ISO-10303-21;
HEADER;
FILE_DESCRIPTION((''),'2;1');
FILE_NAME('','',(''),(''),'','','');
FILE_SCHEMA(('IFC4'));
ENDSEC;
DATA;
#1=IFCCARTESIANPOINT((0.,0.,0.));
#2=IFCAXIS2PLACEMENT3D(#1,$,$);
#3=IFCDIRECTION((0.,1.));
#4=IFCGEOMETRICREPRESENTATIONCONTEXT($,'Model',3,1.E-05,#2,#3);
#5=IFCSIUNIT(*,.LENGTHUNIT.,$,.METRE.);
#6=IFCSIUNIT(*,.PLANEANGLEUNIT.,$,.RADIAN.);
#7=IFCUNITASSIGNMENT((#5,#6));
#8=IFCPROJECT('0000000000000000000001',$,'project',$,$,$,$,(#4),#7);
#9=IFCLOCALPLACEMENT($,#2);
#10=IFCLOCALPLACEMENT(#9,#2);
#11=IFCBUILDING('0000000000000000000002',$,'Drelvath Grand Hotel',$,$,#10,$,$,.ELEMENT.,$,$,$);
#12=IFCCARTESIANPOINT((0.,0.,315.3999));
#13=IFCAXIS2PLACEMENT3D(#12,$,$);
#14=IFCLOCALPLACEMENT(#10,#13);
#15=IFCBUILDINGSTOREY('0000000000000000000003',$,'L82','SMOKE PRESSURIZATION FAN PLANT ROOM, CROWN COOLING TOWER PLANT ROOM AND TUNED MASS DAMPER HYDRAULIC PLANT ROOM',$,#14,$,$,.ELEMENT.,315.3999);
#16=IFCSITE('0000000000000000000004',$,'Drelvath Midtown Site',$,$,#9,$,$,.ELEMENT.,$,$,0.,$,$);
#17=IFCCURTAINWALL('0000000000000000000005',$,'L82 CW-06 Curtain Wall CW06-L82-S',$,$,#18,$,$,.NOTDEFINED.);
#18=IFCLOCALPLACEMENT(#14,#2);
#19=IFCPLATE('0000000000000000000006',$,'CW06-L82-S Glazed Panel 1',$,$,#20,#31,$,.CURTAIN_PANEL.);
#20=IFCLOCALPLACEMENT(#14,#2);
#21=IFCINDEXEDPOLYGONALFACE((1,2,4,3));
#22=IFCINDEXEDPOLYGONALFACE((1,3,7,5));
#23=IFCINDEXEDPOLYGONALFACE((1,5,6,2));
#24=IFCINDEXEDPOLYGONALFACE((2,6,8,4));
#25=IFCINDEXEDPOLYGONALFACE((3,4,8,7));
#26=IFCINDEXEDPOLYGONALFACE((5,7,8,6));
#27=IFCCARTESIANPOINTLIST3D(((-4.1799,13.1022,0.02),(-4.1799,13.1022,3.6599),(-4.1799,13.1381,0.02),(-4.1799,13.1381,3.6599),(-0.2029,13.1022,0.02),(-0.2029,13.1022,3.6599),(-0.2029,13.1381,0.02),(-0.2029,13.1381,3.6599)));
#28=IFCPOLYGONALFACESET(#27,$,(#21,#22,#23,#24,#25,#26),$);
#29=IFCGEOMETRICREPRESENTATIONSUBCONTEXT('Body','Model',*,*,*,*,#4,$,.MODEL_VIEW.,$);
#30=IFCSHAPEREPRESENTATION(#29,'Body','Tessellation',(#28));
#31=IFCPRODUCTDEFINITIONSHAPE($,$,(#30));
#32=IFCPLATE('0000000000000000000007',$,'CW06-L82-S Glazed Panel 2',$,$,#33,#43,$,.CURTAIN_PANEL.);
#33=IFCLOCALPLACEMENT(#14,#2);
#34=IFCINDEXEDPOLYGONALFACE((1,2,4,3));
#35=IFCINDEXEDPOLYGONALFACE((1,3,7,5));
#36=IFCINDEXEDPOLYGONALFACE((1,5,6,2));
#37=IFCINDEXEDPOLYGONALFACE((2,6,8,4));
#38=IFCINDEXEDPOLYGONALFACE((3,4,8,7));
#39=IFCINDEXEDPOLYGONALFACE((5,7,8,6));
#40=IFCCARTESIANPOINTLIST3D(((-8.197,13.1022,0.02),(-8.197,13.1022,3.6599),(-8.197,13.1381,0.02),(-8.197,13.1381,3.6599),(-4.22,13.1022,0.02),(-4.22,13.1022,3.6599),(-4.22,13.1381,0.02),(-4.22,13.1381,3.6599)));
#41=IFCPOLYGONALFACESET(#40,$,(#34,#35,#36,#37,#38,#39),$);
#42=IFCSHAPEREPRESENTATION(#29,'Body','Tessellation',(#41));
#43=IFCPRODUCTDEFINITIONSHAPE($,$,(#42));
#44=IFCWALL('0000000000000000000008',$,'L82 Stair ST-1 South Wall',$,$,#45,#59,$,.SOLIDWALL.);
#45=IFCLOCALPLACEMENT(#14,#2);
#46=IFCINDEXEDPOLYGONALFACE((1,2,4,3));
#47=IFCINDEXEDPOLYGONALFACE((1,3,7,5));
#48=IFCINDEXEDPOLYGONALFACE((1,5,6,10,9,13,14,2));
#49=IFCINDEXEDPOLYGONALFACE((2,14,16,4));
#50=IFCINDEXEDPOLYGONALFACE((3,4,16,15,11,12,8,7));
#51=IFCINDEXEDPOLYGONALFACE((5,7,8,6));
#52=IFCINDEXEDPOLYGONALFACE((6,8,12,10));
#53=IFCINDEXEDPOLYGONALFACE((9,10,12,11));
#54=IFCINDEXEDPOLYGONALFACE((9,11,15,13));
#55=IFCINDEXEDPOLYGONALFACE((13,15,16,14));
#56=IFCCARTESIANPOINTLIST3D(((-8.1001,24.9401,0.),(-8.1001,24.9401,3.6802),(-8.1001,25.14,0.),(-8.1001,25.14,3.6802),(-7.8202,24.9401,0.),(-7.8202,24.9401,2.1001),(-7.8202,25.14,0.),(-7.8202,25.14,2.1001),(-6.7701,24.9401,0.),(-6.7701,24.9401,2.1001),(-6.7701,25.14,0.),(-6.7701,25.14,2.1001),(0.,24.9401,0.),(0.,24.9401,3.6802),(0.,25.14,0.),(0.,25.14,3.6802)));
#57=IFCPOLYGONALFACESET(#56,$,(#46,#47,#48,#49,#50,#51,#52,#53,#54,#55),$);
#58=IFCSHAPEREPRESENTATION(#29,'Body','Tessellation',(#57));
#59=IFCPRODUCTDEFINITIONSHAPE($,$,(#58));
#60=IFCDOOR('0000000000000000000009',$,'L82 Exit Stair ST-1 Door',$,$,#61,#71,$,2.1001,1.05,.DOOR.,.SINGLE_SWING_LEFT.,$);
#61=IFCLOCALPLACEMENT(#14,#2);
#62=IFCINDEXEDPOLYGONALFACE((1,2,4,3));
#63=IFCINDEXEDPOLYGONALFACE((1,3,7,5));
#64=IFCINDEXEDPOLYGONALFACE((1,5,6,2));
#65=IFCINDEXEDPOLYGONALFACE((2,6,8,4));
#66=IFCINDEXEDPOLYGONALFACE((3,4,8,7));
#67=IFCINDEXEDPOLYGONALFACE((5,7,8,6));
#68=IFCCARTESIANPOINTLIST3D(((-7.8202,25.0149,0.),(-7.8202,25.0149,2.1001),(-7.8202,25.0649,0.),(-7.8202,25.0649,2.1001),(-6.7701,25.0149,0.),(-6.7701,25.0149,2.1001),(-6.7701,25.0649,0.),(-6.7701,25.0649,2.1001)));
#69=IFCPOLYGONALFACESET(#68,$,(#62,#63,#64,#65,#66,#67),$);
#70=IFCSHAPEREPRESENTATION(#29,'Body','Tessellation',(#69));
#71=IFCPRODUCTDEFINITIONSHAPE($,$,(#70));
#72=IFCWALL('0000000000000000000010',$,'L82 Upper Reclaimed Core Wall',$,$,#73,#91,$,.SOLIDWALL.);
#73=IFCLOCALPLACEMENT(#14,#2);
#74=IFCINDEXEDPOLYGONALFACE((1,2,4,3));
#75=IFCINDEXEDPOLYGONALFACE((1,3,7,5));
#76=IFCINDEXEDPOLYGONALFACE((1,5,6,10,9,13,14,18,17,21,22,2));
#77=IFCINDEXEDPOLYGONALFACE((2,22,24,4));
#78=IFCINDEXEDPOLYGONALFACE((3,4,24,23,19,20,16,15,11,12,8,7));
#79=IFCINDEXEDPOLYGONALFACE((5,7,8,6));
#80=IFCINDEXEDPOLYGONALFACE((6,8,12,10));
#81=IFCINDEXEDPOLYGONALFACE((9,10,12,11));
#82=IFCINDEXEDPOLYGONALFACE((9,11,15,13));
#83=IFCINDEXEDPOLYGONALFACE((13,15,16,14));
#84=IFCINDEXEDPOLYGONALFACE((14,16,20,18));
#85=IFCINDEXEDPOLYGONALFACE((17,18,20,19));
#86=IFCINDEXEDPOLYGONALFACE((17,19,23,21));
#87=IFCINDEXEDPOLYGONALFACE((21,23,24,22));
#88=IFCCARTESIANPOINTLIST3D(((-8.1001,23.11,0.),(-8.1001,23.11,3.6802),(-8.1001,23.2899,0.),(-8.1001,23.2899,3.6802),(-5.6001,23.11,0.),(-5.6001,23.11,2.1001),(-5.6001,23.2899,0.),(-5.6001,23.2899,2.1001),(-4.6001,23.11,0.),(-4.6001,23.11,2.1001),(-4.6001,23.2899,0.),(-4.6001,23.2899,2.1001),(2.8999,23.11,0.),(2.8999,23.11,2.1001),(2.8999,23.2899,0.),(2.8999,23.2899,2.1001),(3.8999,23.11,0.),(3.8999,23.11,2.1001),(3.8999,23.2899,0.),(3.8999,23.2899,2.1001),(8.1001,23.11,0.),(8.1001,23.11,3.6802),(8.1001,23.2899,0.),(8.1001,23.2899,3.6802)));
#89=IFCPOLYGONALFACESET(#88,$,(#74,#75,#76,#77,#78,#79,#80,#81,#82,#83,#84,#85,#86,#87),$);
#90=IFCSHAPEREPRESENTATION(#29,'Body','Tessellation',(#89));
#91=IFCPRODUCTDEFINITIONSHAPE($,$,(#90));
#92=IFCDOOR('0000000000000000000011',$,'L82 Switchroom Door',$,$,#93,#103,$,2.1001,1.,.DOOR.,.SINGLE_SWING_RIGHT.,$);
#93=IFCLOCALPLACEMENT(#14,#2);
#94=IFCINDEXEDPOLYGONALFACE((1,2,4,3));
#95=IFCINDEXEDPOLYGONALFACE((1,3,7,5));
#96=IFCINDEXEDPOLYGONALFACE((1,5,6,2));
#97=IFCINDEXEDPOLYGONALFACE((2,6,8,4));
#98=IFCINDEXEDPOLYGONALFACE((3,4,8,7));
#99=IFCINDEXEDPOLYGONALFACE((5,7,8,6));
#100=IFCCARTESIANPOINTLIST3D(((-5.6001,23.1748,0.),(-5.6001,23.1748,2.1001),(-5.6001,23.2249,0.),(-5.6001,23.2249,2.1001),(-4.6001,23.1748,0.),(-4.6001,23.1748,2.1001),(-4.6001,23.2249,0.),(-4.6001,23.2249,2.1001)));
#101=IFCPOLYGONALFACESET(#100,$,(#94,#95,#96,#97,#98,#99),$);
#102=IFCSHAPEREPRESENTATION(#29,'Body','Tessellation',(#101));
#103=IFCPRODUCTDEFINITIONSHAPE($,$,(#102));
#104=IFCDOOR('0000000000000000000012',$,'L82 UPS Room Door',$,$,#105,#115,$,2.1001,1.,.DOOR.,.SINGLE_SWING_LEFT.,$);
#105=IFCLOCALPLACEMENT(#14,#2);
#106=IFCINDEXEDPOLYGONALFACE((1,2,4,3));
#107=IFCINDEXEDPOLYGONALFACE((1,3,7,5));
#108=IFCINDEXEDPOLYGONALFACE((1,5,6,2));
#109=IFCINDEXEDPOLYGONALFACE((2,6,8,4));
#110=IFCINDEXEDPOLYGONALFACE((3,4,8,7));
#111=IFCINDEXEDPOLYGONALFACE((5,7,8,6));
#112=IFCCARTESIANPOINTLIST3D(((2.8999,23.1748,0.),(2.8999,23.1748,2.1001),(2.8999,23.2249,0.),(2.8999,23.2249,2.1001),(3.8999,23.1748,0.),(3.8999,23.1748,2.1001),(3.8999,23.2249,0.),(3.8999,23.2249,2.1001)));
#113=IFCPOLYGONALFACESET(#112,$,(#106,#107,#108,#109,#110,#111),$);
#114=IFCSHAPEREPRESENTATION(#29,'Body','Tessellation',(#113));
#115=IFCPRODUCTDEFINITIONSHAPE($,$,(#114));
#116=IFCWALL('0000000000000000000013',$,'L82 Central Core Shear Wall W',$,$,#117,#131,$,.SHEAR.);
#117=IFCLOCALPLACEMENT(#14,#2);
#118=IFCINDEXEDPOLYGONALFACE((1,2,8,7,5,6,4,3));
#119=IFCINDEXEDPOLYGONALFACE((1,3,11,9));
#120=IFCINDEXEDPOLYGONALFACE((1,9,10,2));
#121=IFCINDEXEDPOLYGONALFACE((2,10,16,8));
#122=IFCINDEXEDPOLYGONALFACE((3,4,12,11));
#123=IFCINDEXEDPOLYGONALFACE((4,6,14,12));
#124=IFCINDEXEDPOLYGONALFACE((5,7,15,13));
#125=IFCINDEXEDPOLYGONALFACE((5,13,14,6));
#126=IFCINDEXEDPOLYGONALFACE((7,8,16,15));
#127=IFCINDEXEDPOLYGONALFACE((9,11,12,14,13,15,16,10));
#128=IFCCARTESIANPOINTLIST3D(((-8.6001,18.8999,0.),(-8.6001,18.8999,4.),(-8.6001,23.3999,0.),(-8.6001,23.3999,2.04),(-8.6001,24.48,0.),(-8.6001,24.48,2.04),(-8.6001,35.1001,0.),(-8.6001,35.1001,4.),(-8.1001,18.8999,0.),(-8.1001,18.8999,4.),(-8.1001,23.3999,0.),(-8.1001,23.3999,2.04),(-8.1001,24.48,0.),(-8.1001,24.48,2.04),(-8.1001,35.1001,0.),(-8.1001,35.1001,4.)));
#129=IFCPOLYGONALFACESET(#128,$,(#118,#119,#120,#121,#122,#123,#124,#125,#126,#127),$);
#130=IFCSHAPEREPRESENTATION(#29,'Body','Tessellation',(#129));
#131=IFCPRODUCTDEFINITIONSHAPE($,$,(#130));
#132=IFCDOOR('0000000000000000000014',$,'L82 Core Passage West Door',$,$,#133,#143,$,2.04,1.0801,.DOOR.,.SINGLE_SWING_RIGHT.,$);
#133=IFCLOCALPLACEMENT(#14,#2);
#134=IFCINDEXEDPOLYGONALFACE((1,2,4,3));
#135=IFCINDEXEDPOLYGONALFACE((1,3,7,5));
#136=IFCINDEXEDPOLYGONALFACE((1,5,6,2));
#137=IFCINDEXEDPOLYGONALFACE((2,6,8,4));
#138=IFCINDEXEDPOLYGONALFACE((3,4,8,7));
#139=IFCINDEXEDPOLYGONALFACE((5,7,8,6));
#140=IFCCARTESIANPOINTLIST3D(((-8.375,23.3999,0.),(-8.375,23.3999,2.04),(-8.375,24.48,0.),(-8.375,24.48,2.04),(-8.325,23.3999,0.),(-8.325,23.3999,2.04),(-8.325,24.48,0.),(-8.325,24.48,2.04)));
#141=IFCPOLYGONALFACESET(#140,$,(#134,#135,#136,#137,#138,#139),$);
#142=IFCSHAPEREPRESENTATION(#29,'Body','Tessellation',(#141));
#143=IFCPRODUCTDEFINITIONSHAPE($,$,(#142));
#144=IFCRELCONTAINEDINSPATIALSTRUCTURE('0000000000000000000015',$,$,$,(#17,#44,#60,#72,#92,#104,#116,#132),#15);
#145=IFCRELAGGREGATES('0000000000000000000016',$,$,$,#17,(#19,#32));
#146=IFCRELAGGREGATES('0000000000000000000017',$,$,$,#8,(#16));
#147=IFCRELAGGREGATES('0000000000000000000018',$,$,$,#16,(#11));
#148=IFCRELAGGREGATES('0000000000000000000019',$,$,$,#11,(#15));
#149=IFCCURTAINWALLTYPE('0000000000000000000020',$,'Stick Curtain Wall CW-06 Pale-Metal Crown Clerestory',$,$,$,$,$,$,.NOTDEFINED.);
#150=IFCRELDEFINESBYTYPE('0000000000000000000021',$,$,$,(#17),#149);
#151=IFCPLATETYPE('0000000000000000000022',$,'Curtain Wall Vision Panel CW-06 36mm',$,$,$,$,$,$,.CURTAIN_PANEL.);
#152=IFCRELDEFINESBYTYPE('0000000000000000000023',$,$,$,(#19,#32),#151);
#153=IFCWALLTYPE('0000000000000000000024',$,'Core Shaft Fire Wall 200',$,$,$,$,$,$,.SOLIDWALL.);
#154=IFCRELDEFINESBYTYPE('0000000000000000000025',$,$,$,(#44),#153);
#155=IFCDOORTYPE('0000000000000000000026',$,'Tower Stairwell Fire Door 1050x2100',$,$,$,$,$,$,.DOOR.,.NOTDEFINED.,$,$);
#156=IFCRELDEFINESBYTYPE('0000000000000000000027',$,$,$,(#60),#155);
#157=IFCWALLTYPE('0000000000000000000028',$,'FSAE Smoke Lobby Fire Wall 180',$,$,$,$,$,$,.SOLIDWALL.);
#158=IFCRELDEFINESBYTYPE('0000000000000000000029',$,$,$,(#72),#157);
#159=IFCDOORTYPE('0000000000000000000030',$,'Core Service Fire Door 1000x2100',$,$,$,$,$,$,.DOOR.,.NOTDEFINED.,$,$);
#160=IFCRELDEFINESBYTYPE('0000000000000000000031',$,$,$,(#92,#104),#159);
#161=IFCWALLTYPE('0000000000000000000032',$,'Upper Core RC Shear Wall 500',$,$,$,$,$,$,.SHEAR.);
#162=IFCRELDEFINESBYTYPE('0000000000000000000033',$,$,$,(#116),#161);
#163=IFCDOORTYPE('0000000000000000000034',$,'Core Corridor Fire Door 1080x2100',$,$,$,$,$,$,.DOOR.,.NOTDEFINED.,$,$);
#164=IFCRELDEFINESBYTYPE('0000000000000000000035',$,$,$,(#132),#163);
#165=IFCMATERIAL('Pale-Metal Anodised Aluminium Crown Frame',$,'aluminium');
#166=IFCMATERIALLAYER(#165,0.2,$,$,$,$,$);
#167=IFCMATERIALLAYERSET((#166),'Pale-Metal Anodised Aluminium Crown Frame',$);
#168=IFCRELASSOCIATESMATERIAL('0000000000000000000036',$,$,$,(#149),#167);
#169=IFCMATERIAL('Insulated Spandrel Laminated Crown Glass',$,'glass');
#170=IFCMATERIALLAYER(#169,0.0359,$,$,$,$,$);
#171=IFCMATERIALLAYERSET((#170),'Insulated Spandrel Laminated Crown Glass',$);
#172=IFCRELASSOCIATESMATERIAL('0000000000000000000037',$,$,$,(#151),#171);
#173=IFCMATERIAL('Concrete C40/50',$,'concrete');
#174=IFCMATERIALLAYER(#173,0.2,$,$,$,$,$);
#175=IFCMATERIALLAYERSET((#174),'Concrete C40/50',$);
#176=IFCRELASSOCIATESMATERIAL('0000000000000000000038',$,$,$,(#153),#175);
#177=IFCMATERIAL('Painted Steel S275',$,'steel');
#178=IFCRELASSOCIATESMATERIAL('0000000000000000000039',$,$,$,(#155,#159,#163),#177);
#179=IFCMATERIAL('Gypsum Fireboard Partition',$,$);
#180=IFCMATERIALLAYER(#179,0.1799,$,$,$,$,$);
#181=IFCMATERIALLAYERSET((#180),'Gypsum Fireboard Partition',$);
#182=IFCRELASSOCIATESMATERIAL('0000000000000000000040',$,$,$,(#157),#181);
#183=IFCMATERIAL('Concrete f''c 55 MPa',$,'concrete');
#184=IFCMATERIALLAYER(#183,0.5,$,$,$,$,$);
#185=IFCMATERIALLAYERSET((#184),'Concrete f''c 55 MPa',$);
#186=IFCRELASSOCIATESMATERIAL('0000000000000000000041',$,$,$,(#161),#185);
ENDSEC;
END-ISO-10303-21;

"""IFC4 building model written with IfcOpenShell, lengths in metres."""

from ifc_helpers import new_model, si_unit, direction, frame, frame_2d, origin, origin_2d, place, context, subcontext, project, spatial, rectangle, extrude, material, layer, layer_set, type_object, element, fill, aggregate, save


model = new_model("IFC4")

# Units and contexts
model_context = context("Model", 3, precision=1e-05, world=origin(), true_north=direction((0.0, 1.0)))
body_context = subcontext(model_context, "Body", "Model", "MODEL_VIEW")
ifc_project = project(units=[si_unit("LENGTHUNIT", "METRE"), si_unit("PLANEANGLEUNIT", "RADIAN")], contexts=[model_context])

# Site, building, storey
site_placement = place(None, origin())
site = spatial("IfcSite", under=ifc_project, at=site_placement, Name="Drelvath Midtown Site", CompositionType="ELEMENT", RefElevation=0.0)
building_placement = place(site_placement, origin())
building = spatial("IfcBuilding", under=site, at=building_placement, Name="Drelvath Grand Hotel", CompositionType="ELEMENT")
storey_placement = place(building_placement, frame((0.0, 0.0, 315.3999)))
storey = spatial("IfcBuildingStorey", under=building, at=storey_placement, Name="L82", Description="SMOKE PRESSURIZATION FAN PLANT ROOM, CROWN COOLING TOWER PLANT ROOM AND TUNED MASS DAMPER HYDRAULIC PLANT ROOM", CompositionType="ELEMENT", Elevation=315.3999)

# Shared definitions
ifc_material_1 = material(Name="Concrete f'c 55 MPa", Category="concrete")

# Curtain wall
ifc_material_2 = material(Name="Pale-Metal Anodised Aluminium Crown Frame", Category="aluminium")
ifc_layer_1 = layer(ifc_material_2, 0.2)
ifc_layer_set_1 = layer_set([ifc_layer_1], Name="Pale-Metal Anodised Aluminium Crown Frame")
curtain_wall_type = type_object("IfcCurtainWallType", Name="Stick Curtain Wall CW-06 Pale-Metal Crown Clerestory", PredefinedType="NOTDEFINED", material=ifc_layer_set_1)
curtain_wall_placement = place(storey_placement, origin())
curtain_wall = element("IfcCurtainWall", 1, at=curtain_wall_placement, inside=storey, type_object=curtain_wall_type, Name="L82 CW-06 Curtain Wall CW06-L82-S", PredefinedType="NOTDEFINED")

# Plates
ifc_material_3 = material(Name="Insulated Spandrel Laminated Crown Glass", Category="glass")
ifc_layer_2 = layer(ifc_material_3, 0.0359)
ifc_layer_set_2 = layer_set([ifc_layer_2], Name="Insulated Spandrel Laminated Crown Glass")
plate_type = type_object("IfcPlateType", Name="Curtain Wall Vision Panel CW-06 36mm", PredefinedType="CURTAIN_PANEL", material=ifc_layer_set_2)
plate_1_placement = place(storey_placement, frame((-2.1914, 13.1201, 0.02), z_axis=(0.0, 0.0, 1.0), x_axis=(-1.0, 0.0, 0.0)))
plate_1 = element("IfcPlate", 2, at=plate_1_placement, type_object=plate_type, Name="CW06-L82-S Glazed Panel 1", PredefinedType="CURTAIN_PANEL", context=body_context, shape_type="SweptSolid", body=[
    extrude(rectangle(XDim=3.9771, YDim=0.0359, at=origin_2d()), origin(), (0.0, 0.0, 1.0), 3.6399),
])
plate_2_placement = place(storey_placement, frame((-6.2085, 13.1201, 0.02), z_axis=(0.0, 0.0, 1.0), x_axis=(-1.0, 0.0, 0.0)))
plate_2 = element("IfcPlate", 3, at=plate_2_placement, type_object=plate_type, Name="CW06-L82-S Glazed Panel 2", PredefinedType="CURTAIN_PANEL", context=body_context, shape_type="SweptSolid", body=[
    extrude(rectangle(XDim=3.9771, YDim=0.0359, at=origin_2d()), origin(), (0.0, 0.0, 1.0), 3.6399),
])
aggregate(curtain_wall, [plate_1, plate_2])

# Wall, opening, door
ifc_material_4 = material(Name="Concrete C40/50", Category="concrete")
ifc_layer_3 = layer(ifc_material_4, 0.2)
ifc_layer_set_3 = layer_set([ifc_layer_3], Name="Concrete C40/50")
wall_type_1 = type_object("IfcWallType", Name="Core Shaft Fire Wall 200", PredefinedType="SOLIDWALL", material=ifc_layer_set_3)
wall_1_placement = place(storey_placement, frame((-8.1001, 25.04, 0.0), z_axis=(0.0, 0.0, 1.0), x_axis=(1.0, 0.0, 0.0)))
wall_1 = element("IfcWall", 4, at=wall_1_placement, inside=storey, type_object=wall_type_1, Name="L82 Stair ST-1 South Wall", PredefinedType="SOLIDWALL", context=body_context, shape_type="SweptSolid", body=[
    extrude(rectangle(XDim=8.1001, YDim=0.2, at=frame_2d((4.05, 0.0))), origin(), (0.0, 0.0, 1.0), 3.6802),
])
opening_1_placement = place(wall_1_placement, frame((0.28, 0.0, 0.0)))
opening_1 = element("IfcOpeningElement", 5, at=opening_1_placement, cuts=wall_1, PredefinedType="OPENING", context=body_context, shape_type="SweptSolid", body=[
    extrude(rectangle(XDim=1.05, YDim=2.1001, at=frame_2d((0.5249, 1.05))), frame((0.0, 0.1099, 0.0), z_axis=(0.0, -1.0, 0.0), x_axis=(1.0, 0.0, 0.0)), (0.0, 0.0, 1.0), 0.22),
])
ifc_material_5 = material(Name="Painted Steel S275", Category="steel")
door_type_1 = type_object("IfcDoorType", Name="Tower Stairwell Fire Door 1050x2100", OperationType="NOTDEFINED", PredefinedType="DOOR", material=ifc_material_5)
door_1_placement = place(opening_1_placement, origin())
door_1 = element("IfcDoor", 6, at=door_1_placement, inside=storey, type_object=door_type_1, Name="L82 Exit Stair ST-1 Door", OperationType="SINGLE_SWING_LEFT", OverallHeight=2.1001, OverallWidth=1.05, PredefinedType="DOOR", context=body_context, shape_type="SweptSolid", body=[
    extrude(rectangle(XDim=1.05, YDim=2.1001, at=frame_2d((0.5249, 1.05))), frame((0.0, 0.0249, 0.0), z_axis=(0.0, -1.0, 0.0), x_axis=(1.0, 0.0, 0.0)), (0.0, 0.0, 1.0), 0.05),
])
fill(opening_1, door_1)

# Wall, openings, doors
ifc_material_6 = material(Name="Gypsum Fireboard Partition")
ifc_layer_4 = layer(ifc_material_6, 0.1799)
ifc_layer_set_4 = layer_set([ifc_layer_4], Name="Gypsum Fireboard Partition")
wall_type_2 = type_object("IfcWallType", Name="FSAE Smoke Lobby Fire Wall 180", PredefinedType="SOLIDWALL", material=ifc_layer_set_4)
wall_2_placement = place(storey_placement, frame((-8.1001, 23.2, 0.0), z_axis=(0.0, 0.0, 1.0), x_axis=(1.0, 0.0, 0.0)))
wall_2 = element("IfcWall", 7, at=wall_2_placement, inside=storey, type_object=wall_type_2, Name="L82 Upper Reclaimed Core Wall", PredefinedType="SOLIDWALL", context=body_context, shape_type="SweptSolid", body=[
    extrude(rectangle(XDim=16.2002, YDim=0.1799, at=frame_2d((8.1001, 0.0))), origin(), (0.0, 0.0, 1.0), 3.6802),
])
opening_2_placement = place(wall_2_placement, frame((2.5, 0.0, 0.0)))
opening_2 = element("IfcOpeningElement", 8, at=opening_2_placement, cuts=wall_2, PredefinedType="OPENING", context=body_context, shape_type="SweptSolid", body=[
    extrude(rectangle(XDim=1.0, YDim=2.1001, at=frame_2d((0.5, 1.05))), frame((0.0, 0.0999, 0.0), z_axis=(0.0, -1.0, 0.0), x_axis=(1.0, 0.0, 0.0)), (0.0, 0.0, 1.0), 0.2),
])
opening_3_placement = place(wall_2_placement, frame((11.0, 0.0, 0.0)))
opening_3 = element("IfcOpeningElement", 9, at=opening_3_placement, cuts=wall_2, PredefinedType="OPENING", context=body_context, shape_type="SweptSolid", body=[
    extrude(rectangle(XDim=1.0, YDim=2.1001, at=frame_2d((0.5, 1.05))), frame((0.0, 0.0999, 0.0), z_axis=(0.0, -1.0, 0.0), x_axis=(1.0, 0.0, 0.0)), (0.0, 0.0, 1.0), 0.2),
])
door_type_2 = type_object("IfcDoorType", Name="Core Service Fire Door 1000x2100", OperationType="NOTDEFINED", PredefinedType="DOOR", material=ifc_material_5)
door_2_placement = place(opening_2_placement, origin())
door_2 = element("IfcDoor", 10, at=door_2_placement, inside=storey, type_object=door_type_2, Name="L82 Switchroom Door", OperationType="SINGLE_SWING_RIGHT", OverallHeight=2.1001, OverallWidth=1.0, PredefinedType="DOOR", context=body_context, shape_type="SweptSolid", body=[
    extrude(rectangle(XDim=1.0, YDim=2.1001, at=frame_2d((0.5, 1.05))), frame((0.0, 0.0249, 0.0), z_axis=(0.0, -1.0, 0.0), x_axis=(1.0, 0.0, 0.0)), (0.0, 0.0, 1.0), 0.05),
])
fill(opening_2, door_2)
door_3_placement = place(opening_3_placement, origin())
door_3 = element("IfcDoor", 11, at=door_3_placement, inside=storey, type_object=door_type_2, Name="L82 UPS Room Door", OperationType="SINGLE_SWING_LEFT", OverallHeight=2.1001, OverallWidth=1.0, PredefinedType="DOOR", context=body_context, shape_type="SweptSolid", body=[
    extrude(rectangle(XDim=1.0, YDim=2.1001, at=frame_2d((0.5, 1.05))), frame((0.0, 0.0249, 0.0), z_axis=(0.0, -1.0, 0.0), x_axis=(1.0, 0.0, 0.0)), (0.0, 0.0, 1.0), 0.05),
])
fill(opening_3, door_3)

# Wall, opening, door
ifc_layer_5 = layer(ifc_material_1, 0.5)
ifc_layer_set_5 = layer_set([ifc_layer_5], Name="Concrete f'c 55 MPa")
wall_type_3 = type_object("IfcWallType", Name="Upper Core RC Shear Wall 500", PredefinedType="SHEAR", material=ifc_layer_set_5)
wall_3_placement = place(storey_placement, frame((-8.3501, 18.8999, 0.0), z_axis=(0.0, 0.0, 1.0), x_axis=(0.0, 1.0, 0.0)))
wall_3 = element("IfcWall", 12, at=wall_3_placement, inside=storey, type_object=wall_type_3, Name="L82 Central Core Shear Wall W", PredefinedType="SHEAR", context=body_context, shape_type="SweptSolid", body=[
    extrude(rectangle(XDim=16.2002, YDim=0.5, at=frame_2d((8.1001, 0.0))), origin(), (0.0, 0.0, 1.0), 4.0),
])
opening_4_placement = place(wall_3_placement, frame((4.5, 0.0, 0.0)))
opening_4 = element("IfcOpeningElement", 13, at=opening_4_placement, cuts=wall_3, PredefinedType="OPENING", context=body_context, shape_type="SweptSolid", body=[
    extrude(rectangle(XDim=1.0801, YDim=2.04, at=frame_2d((0.54, 1.02))), frame((0.0, 0.26, 0.0), z_axis=(0.0, -1.0, 0.0), x_axis=(1.0, 0.0, 0.0)), (0.0, 0.0, 1.0), 0.52),
])
door_type_3 = type_object("IfcDoorType", Name="Core Corridor Fire Door 1080x2100", OperationType="NOTDEFINED", PredefinedType="DOOR", material=ifc_material_5)
door_4_placement = place(opening_4_placement, origin())
door_4 = element("IfcDoor", 14, at=door_4_placement, inside=storey, type_object=door_type_3, Name="L82 Core Passage West Door", OperationType="SINGLE_SWING_RIGHT", OverallHeight=2.04, OverallWidth=1.0801, PredefinedType="DOOR", context=body_context, shape_type="SweptSolid", body=[
    extrude(rectangle(XDim=1.0801, YDim=2.04, at=frame_2d((0.54, 1.02))), frame((0.0, 0.0249, 0.0), z_axis=(0.0, -1.0, 0.0), x_axis=(1.0, 0.0, 0.0)), (0.0, 0.0, 1.0), 0.05),
])
fill(opening_4, door_4)

save(model, "model.ifc")
